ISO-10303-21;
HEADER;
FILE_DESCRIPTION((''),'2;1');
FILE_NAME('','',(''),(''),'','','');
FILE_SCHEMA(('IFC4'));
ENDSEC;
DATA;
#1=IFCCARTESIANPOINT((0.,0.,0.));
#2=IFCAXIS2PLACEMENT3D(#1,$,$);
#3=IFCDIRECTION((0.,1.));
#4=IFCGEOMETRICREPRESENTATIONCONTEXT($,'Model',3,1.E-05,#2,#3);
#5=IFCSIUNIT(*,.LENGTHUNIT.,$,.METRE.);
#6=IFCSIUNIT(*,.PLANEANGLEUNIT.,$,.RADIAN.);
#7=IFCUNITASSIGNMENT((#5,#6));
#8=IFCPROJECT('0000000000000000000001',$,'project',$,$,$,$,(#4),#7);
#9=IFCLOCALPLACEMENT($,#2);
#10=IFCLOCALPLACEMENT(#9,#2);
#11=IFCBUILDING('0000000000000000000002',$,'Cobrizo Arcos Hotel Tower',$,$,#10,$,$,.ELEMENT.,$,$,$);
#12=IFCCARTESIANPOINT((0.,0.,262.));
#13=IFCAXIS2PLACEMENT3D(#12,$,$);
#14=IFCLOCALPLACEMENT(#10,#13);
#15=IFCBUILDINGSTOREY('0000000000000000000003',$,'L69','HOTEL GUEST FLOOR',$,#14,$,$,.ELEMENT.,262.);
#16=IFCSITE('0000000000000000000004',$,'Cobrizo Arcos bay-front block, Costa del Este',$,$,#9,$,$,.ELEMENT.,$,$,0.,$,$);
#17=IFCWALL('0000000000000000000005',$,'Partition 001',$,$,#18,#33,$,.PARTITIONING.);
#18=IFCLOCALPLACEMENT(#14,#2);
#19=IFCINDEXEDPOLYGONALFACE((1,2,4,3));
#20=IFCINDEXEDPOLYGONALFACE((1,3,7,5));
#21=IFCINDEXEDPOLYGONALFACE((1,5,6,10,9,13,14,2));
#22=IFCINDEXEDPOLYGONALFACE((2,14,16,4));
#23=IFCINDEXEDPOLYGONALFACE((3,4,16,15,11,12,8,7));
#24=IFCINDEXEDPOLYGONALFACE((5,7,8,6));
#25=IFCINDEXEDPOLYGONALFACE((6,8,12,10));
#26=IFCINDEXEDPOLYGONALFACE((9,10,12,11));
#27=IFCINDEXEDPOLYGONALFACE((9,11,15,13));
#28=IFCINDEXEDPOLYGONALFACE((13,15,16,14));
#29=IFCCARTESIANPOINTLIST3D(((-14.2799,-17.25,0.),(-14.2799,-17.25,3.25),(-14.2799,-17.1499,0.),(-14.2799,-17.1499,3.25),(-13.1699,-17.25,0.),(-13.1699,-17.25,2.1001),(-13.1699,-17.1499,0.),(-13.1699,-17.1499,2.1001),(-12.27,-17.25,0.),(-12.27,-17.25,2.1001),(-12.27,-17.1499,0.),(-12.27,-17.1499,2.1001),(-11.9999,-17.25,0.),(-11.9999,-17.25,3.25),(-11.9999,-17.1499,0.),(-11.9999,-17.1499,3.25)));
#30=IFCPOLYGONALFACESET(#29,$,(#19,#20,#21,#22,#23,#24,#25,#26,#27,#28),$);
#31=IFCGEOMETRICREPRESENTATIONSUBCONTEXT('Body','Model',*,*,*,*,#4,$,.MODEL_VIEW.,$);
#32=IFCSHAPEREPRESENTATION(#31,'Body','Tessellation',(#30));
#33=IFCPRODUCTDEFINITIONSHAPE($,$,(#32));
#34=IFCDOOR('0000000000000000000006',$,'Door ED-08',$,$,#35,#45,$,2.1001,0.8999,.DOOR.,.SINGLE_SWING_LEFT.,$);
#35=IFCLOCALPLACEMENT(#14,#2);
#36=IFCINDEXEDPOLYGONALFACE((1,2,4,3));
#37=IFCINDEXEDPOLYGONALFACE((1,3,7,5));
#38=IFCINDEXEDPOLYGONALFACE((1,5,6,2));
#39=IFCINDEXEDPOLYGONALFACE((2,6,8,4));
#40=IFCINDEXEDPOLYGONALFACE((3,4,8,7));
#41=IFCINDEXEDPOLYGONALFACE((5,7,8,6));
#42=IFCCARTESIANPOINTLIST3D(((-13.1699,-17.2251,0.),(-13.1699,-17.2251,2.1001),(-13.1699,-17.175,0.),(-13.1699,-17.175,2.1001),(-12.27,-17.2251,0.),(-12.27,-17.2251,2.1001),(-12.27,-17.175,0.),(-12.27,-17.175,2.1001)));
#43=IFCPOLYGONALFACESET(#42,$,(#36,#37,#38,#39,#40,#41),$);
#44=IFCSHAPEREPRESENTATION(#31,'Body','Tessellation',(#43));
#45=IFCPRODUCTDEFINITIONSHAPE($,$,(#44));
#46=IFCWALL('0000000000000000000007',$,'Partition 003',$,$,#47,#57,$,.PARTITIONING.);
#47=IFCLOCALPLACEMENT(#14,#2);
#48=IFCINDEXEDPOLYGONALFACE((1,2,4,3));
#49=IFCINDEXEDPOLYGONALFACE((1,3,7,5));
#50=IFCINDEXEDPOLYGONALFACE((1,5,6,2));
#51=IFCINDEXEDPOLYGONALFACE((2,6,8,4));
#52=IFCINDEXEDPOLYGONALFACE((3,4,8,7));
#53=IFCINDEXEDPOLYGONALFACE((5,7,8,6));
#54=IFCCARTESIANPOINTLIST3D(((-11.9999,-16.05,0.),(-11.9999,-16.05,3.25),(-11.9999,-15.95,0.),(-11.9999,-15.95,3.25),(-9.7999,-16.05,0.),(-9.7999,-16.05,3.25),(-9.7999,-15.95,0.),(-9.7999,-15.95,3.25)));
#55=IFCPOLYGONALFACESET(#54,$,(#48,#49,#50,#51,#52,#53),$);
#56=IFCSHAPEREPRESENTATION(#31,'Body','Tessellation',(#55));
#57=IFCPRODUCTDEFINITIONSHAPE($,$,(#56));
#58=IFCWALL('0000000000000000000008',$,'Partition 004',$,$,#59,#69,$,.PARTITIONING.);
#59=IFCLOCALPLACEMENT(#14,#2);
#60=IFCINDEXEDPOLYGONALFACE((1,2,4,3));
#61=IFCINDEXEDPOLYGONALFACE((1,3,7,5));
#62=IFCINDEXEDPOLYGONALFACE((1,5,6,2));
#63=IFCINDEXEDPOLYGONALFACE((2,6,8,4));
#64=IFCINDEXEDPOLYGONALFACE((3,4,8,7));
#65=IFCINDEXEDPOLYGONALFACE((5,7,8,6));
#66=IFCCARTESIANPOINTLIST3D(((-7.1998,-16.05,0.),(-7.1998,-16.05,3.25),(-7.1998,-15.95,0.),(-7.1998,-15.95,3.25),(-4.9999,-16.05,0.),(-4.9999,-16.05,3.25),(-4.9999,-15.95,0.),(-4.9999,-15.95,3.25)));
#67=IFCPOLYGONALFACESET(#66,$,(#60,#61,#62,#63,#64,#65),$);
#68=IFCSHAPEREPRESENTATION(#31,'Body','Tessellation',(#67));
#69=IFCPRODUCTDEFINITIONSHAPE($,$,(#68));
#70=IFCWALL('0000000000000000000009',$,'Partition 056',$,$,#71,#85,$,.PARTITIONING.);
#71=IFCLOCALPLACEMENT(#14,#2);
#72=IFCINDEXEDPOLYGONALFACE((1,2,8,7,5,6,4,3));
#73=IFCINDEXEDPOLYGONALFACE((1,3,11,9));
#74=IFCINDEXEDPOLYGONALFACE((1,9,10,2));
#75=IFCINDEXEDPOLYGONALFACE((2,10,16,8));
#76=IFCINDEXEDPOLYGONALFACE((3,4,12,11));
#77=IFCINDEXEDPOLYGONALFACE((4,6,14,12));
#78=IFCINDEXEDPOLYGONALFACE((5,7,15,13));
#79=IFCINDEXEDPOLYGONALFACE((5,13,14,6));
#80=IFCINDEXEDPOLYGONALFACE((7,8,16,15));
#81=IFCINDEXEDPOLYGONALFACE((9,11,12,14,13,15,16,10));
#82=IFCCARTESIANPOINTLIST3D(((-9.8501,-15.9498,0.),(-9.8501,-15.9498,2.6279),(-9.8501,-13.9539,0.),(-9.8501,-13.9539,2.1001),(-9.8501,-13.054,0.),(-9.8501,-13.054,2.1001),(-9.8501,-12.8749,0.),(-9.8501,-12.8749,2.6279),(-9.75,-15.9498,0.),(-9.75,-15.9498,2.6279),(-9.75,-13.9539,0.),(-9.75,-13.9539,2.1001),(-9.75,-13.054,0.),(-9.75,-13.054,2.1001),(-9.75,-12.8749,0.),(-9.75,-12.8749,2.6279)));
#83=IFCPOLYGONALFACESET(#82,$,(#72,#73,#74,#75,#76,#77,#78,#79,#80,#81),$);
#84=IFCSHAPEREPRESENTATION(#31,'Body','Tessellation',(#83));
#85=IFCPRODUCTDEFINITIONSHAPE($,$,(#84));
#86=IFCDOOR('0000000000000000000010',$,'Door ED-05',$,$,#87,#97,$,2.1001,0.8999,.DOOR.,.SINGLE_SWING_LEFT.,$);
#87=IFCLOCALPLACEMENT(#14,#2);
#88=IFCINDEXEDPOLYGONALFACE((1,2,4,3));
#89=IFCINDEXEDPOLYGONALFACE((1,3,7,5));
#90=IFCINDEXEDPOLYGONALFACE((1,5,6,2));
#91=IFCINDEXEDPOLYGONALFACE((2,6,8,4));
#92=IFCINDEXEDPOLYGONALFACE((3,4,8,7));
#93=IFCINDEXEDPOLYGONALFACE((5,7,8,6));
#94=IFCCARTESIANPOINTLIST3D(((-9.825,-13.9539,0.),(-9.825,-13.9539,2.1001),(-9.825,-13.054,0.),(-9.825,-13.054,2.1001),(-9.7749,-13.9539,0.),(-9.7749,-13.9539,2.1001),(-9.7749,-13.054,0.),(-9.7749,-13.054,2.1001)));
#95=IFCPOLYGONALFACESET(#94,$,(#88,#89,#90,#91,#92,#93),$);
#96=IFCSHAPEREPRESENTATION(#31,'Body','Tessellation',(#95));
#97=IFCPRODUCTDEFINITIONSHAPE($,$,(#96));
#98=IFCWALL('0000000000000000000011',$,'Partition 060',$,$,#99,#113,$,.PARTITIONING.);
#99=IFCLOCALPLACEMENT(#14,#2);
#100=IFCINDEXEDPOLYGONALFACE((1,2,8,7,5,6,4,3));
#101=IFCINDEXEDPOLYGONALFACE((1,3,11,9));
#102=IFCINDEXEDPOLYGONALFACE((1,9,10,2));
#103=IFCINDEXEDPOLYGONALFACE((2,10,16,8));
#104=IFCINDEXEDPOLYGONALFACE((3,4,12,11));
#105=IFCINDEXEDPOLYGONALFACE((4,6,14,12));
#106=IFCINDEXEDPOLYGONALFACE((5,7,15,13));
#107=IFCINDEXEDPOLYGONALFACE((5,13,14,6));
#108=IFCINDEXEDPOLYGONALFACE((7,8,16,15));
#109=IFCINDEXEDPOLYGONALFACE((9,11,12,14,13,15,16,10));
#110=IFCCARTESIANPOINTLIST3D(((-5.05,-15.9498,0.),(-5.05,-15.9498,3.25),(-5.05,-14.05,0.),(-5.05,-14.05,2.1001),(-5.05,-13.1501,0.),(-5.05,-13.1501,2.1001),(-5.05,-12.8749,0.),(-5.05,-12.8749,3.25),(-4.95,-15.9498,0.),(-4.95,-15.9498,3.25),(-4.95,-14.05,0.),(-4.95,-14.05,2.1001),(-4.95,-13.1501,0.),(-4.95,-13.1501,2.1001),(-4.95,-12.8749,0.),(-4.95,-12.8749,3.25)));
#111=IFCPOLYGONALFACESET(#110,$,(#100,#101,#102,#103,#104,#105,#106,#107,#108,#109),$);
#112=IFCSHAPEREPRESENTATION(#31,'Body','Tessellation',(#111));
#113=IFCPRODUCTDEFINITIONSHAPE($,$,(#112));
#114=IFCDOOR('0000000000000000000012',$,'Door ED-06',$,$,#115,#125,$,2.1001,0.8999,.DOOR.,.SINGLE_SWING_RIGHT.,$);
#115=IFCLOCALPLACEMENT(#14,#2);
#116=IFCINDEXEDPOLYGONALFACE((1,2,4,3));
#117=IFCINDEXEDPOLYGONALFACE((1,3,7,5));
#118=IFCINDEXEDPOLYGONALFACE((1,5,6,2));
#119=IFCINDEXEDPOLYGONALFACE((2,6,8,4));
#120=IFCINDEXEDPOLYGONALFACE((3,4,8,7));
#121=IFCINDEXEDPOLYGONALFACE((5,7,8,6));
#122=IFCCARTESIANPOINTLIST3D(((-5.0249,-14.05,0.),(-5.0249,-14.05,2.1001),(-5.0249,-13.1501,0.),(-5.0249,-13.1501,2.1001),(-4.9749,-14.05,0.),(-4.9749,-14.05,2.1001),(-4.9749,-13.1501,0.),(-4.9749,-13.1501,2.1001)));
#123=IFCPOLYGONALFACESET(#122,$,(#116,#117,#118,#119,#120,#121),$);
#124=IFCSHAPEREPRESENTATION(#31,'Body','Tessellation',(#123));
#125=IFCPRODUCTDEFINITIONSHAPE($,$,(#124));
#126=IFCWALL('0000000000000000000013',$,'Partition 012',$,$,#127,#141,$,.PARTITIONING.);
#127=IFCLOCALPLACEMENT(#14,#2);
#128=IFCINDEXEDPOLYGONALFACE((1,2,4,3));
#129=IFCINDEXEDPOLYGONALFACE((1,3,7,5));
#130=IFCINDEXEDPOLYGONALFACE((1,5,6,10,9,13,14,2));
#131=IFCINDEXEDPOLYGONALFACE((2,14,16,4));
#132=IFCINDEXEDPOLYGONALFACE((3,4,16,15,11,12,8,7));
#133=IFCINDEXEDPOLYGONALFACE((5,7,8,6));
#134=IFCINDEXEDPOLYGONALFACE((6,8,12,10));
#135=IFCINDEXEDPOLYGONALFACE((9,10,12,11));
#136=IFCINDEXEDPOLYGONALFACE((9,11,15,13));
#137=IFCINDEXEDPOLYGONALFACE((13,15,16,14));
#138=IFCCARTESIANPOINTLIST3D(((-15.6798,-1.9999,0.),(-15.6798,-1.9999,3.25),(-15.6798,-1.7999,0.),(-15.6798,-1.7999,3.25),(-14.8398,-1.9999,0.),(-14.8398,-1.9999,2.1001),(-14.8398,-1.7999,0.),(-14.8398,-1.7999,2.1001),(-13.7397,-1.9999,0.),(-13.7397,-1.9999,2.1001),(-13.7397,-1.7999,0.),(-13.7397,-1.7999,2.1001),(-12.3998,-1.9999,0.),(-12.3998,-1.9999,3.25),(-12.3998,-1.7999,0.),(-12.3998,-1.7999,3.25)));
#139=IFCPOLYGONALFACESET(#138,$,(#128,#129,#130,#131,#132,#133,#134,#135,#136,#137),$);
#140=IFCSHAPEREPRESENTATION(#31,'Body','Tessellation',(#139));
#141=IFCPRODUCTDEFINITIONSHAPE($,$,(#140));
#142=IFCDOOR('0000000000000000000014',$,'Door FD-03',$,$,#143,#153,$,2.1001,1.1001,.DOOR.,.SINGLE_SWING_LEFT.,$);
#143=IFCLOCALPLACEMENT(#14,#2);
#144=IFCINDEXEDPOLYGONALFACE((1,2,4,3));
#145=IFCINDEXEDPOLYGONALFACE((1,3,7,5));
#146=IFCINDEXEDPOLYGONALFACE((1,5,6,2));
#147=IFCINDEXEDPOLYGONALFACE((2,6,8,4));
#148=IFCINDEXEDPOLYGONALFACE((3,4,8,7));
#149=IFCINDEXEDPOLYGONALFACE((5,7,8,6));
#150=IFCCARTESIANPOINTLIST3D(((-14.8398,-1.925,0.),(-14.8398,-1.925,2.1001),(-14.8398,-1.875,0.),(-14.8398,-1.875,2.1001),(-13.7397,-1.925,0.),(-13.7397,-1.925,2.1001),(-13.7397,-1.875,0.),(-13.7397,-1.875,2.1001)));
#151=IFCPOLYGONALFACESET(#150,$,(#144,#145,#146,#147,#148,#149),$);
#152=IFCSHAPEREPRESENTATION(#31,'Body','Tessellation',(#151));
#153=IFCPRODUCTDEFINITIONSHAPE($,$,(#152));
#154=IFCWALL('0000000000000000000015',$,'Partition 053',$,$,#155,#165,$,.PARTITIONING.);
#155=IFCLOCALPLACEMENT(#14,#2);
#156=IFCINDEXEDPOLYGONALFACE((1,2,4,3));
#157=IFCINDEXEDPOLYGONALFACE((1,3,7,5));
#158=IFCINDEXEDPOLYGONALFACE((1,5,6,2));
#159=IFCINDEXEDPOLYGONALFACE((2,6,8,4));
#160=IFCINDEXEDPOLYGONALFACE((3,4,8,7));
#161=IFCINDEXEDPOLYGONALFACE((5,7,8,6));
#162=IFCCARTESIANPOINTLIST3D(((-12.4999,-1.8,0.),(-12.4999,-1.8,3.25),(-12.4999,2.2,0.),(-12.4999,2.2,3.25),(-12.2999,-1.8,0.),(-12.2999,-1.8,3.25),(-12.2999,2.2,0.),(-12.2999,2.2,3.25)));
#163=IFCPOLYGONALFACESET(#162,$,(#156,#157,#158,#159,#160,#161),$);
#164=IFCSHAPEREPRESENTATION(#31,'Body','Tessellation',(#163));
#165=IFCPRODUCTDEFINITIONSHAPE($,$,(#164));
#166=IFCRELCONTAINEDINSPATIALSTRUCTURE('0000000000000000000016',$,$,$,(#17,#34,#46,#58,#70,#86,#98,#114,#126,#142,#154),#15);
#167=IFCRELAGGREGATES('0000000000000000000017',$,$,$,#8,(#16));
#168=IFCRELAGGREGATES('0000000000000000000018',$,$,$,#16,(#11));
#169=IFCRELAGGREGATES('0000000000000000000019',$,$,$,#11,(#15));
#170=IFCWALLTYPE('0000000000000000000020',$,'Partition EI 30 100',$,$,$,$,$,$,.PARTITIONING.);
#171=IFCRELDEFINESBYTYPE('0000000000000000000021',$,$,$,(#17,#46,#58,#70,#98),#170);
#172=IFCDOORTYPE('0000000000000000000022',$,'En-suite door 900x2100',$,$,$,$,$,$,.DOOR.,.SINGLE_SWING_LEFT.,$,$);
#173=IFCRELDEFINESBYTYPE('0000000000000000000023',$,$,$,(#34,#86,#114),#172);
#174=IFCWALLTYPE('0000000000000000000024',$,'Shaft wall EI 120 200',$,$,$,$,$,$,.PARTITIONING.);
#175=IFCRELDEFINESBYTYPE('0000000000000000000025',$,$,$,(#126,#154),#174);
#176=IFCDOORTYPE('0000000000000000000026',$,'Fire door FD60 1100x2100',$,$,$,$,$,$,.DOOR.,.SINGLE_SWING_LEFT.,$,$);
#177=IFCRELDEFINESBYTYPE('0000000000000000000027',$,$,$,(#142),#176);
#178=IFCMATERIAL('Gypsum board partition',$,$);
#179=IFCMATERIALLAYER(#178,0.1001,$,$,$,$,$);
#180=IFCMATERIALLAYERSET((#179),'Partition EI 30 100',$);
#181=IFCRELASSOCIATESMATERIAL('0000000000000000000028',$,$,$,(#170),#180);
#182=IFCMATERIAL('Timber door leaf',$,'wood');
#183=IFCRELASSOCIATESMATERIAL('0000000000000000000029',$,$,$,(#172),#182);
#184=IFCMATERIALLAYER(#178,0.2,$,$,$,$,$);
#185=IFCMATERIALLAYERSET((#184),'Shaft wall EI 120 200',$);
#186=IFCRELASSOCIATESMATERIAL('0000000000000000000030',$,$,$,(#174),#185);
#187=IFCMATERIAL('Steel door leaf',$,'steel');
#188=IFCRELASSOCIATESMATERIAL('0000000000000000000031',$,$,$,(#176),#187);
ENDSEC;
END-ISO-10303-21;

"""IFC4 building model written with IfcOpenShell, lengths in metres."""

from ifc_helpers import new_model, si_unit, direction, frame, frame_2d, origin, place, context, subcontext, project, spatial, rectangle, extrude, material, layer, layer_set, type_object, element, fill, save


model = new_model("IFC4")

# Units and contexts
model_context = context("Model", 3, precision=1e-05, world=origin(), true_north=direction((0.0, 1.0)))
body_context = subcontext(model_context, "Body", "Model", "MODEL_VIEW")
ifc_project = project(units=[si_unit("LENGTHUNIT", "METRE"), si_unit("PLANEANGLEUNIT", "RADIAN")], contexts=[model_context])

# Site, building, storey
site_placement = place(None, origin())
site = spatial("IfcSite", under=ifc_project, at=site_placement, Name="Cobrizo Arcos bay-front block, Costa del Este", CompositionType="ELEMENT", RefElevation=0.0)
building_placement = place(site_placement, origin())
building = spatial("IfcBuilding", under=site, at=building_placement, Name="Cobrizo Arcos Hotel Tower", CompositionType="ELEMENT")
storey_placement = place(building_placement, frame((0.0, 0.0, 262.0)))
storey = spatial("IfcBuildingStorey", under=building, at=storey_placement, Name="L69", Description="HOTEL GUEST FLOOR", CompositionType="ELEMENT", Elevation=262.0)

# Shared definitions
ifc_material_1 = material(Name="Gypsum board partition")
ifc_material_2 = material(Name="Timber door leaf", Category="wood")

# Wall, opening, door
ifc_layer_1 = layer(ifc_material_1, 0.1001)
ifc_layer_set_1 = layer_set([ifc_layer_1], Name="Partition EI 30 100")
wall_type_1 = type_object("IfcWallType", Name="Partition EI 30 100", PredefinedType="PARTITIONING", material=ifc_layer_set_1)
wall_1_placement = place(storey_placement, frame((-14.28, -17.2, 0.0), z_axis=(0.0, 0.0, 1.0), x_axis=(1.0, 0.0, 0.0)))
wall_1 = element("IfcWall", 1, at=wall_1_placement, inside=storey, type_object=wall_type_1, Name="Partition 001", PredefinedType="PARTITIONING", context=body_context, shape_type="SweptSolid", body=[
    extrude(rectangle(XDim=2.28, YDim=0.1001, at=frame_2d((1.1401, 0.0))), origin(), (0.0, 0.0, 1.0), 3.25),
])
opening_1_placement = place(wall_1_placement, frame((1.1101, 0.0, 0.0)))
opening_1 = element("IfcOpeningElement", 2, at=opening_1_placement, cuts=wall_1, PredefinedType="OPENING", context=body_context, shape_type="SweptSolid", body=[
    extrude(rectangle(XDim=0.8999, YDim=2.1001, at=frame_2d((0.45, 1.05))), frame((0.0, 0.062, 0.0), z_axis=(0.0, -1.0, 0.0), x_axis=(1.0, 0.0, 0.0)), (0.0, 0.0, 1.0), 0.124),
])
door_type_1 = type_object("IfcDoorType", Name="En-suite door 900x2100", OperationType="SINGLE_SWING_LEFT", PredefinedType="DOOR", material=ifc_material_2)
door_1_placement = place(opening_1_placement, origin())
door_1 = element("IfcDoor", 3, at=door_1_placement, inside=storey, type_object=door_type_1, Name="Door ED-08", OperationType="SINGLE_SWING_LEFT", OverallHeight=2.1001, OverallWidth=0.8999, PredefinedType="DOOR", context=body_context, shape_type="SweptSolid", body=[
    extrude(rectangle(XDim=0.8999, YDim=2.1001, at=frame_2d((0.45, 1.05))), frame((0.0, 0.0249, 0.0), z_axis=(0.0, -1.0, 0.0), x_axis=(1.0, 0.0, 0.0)), (0.0, 0.0, 1.0), 0.05),
])
fill(opening_1, door_1)

# Walls
for number, where, z_axis, x_axis, name in (
    (4, (-12.0, -16.0, 0.0), (0.0, 0.0, 1.0), (1.0, 0.0, 0.0), "Partition 003"),
    (5, (-7.2, -16.0, 0.0), (0.0, 0.0, 1.0), (1.0, 0.0, 0.0), "Partition 004"),
):
    element("IfcWall", number, at=place(storey_placement, frame(where, z_axis=z_axis, x_axis=x_axis)), inside=storey, type_object=wall_type_1, Name=name, PredefinedType="PARTITIONING", context=body_context, shape_type="SweptSolid", body=[
        extrude(rectangle(XDim=2.2, YDim=0.1001, at=frame_2d((1.1001, 0.0))), origin(), (0.0, 0.0, 1.0), 3.25),
    ])

# Walls, openings, doors
wall_2_placement = place(storey_placement, frame((-9.8, -15.95, 0.0), z_axis=(0.0, 0.0, 1.0), x_axis=(0.0, 1.0, 0.0)))
wall_2 = element("IfcWall", 6, at=wall_2_placement, inside=storey, type_object=wall_type_1, Name="Partition 056", PredefinedType="PARTITIONING", context=body_context, shape_type="SweptSolid", body=[
    extrude(rectangle(XDim=3.075, YDim=0.1001, at=frame_2d((1.5376, 0.0))), origin(), (0.0, 0.0, 1.0), 2.6279),
])
opening_2_placement = place(wall_2_placement, frame((1.9961, 0.0, 0.0)))
opening_2 = element("IfcOpeningElement", 7, at=opening_2_placement, cuts=wall_2, PredefinedType="OPENING", context=body_context, shape_type="SweptSolid", body=[
    extrude(rectangle(XDim=0.8999, YDim=2.1001, at=frame_2d((0.45, 1.05))), frame((0.0, 0.062, 0.0), z_axis=(0.0, -1.0, 0.0), x_axis=(1.0, 0.0, 0.0)), (0.0, 0.0, 1.0), 0.124),
])
door_2_placement = place(opening_2_placement, origin())
door_2 = element("IfcDoor", 8, at=door_2_placement, inside=storey, type_object=door_type_1, Name="Door ED-05", OperationType="SINGLE_SWING_LEFT", OverallHeight=2.1001, OverallWidth=0.8999, PredefinedType="DOOR", context=body_context, shape_type="SweptSolid", body=[
    extrude(rectangle(XDim=0.8999, YDim=2.1001, at=frame_2d((0.45, 1.05))), frame((0.0, 0.0249, 0.0), z_axis=(0.0, -1.0, 0.0), x_axis=(1.0, 0.0, 0.0)), (0.0, 0.0, 1.0), 0.05),
])
fill(opening_2, door_2)
wall_3_placement = place(storey_placement, frame((-5.0, -15.95, 0.0), z_axis=(0.0, 0.0, 1.0), x_axis=(0.0, 1.0, 0.0)))
wall_3 = element("IfcWall", 9, at=wall_3_placement, inside=storey, type_object=wall_type_1, Name="Partition 060", PredefinedType="PARTITIONING", context=body_context, shape_type="SweptSolid", body=[
    extrude(rectangle(XDim=3.075, YDim=0.1001, at=frame_2d((1.5376, 0.0))), origin(), (0.0, 0.0, 1.0), 3.25),
])
opening_3_placement = place(wall_3_placement, frame((1.8999, 0.0, 0.0)))
opening_3 = element("IfcOpeningElement", 10, at=opening_3_placement, cuts=wall_3, PredefinedType="OPENING", context=body_context, shape_type="SweptSolid", body=[
    extrude(rectangle(XDim=0.8999, YDim=2.1001, at=frame_2d((0.45, 1.05))), frame((0.0, 0.062, 0.0), z_axis=(0.0, -1.0, 0.0), x_axis=(1.0, 0.0, 0.0)), (0.0, 0.0, 1.0), 0.124),
])
door_3_placement = place(opening_3_placement, origin())
door_3 = element("IfcDoor", 11, at=door_3_placement, inside=storey, type_object=door_type_1, Name="Door ED-06", OperationType="SINGLE_SWING_RIGHT", OverallHeight=2.1001, OverallWidth=0.8999, PredefinedType="DOOR", context=body_context, shape_type="SweptSolid", body=[
    extrude(rectangle(XDim=0.8999, YDim=2.1001, at=frame_2d((0.45, 1.05))), frame((0.0, 0.0249, 0.0), z_axis=(0.0, -1.0, 0.0), x_axis=(1.0, 0.0, 0.0)), (0.0, 0.0, 1.0), 0.05),
])
fill(opening_3, door_3)
ifc_layer_2 = layer(ifc_material_1, 0.2)
ifc_layer_set_2 = layer_set([ifc_layer_2], Name="Shaft wall EI 120 200")
wall_type_2 = type_object("IfcWallType", Name="Shaft wall EI 120 200", PredefinedType="PARTITIONING", material=ifc_layer_set_2)
wall_4_placement = place(storey_placement, frame((-15.6799, -1.8999, 0.0), z_axis=(0.0, 0.0, 1.0), x_axis=(1.0, 0.0, 0.0)))
wall_4 = element("IfcWall", 12, at=wall_4_placement, inside=storey, type_object=wall_type_2, Name="Partition 012", PredefinedType="PARTITIONING", context=body_context, shape_type="SweptSolid", body=[
    extrude(rectangle(XDim=3.28, YDim=0.2, at=frame_2d((1.6401, 0.0))), origin(), (0.0, 0.0, 1.0), 3.25),
])
opening_4_placement = place(wall_4_placement, frame((0.8401, 0.0, 0.0)))
opening_4 = element("IfcOpeningElement", 13, at=opening_4_placement, cuts=wall_4, PredefinedType="OPENING", context=body_context, shape_type="SweptSolid", body=[
    extrude(rectangle(XDim=1.1001, YDim=2.1001, at=frame_2d((0.55, 1.05))), frame((0.0, 0.1121, 0.0), z_axis=(0.0, -1.0, 0.0), x_axis=(1.0, 0.0, 0.0)), (0.0, 0.0, 1.0), 0.2239),
])
ifc_material_3 = material(Name="Steel door leaf", Category="steel")
door_type_2 = type_object("IfcDoorType", Name="Fire door FD60 1100x2100", OperationType="SINGLE_SWING_LEFT", PredefinedType="DOOR", material=ifc_material_3)
door_4_placement = place(opening_4_placement, origin())
door_4 = element("IfcDoor", 14, at=door_4_placement, inside=storey, type_object=door_type_2, Name="Door FD-03", OperationType="SINGLE_SWING_LEFT", OverallHeight=2.1001, OverallWidth=1.1001, PredefinedType="DOOR", context=body_context, shape_type="SweptSolid", body=[
    extrude(rectangle(XDim=1.1001, YDim=2.1001, at=frame_2d((0.55, 1.05))), frame((0.0, 0.0249, 0.0), z_axis=(0.0, -1.0, 0.0), x_axis=(1.0, 0.0, 0.0)), (0.0, 0.0, 1.0), 0.05),
])
fill(opening_4, door_4)

# Wall
wall_5_placement = place(storey_placement, frame((-12.3999, -1.8, 0.0), z_axis=(0.0, 0.0, 1.0), x_axis=(0.0, 1.0, 0.0)))
element("IfcWall", 15, at=wall_5_placement, inside=storey, type_object=wall_type_2, Name="Partition 053", PredefinedType="PARTITIONING", context=body_context, shape_type="SweptSolid", body=[
    extrude(rectangle(XDim=4.0, YDim=0.2, at=frame_2d((2.0, 0.0))), origin(), (0.0, 0.0, 1.0), 3.25),
])

save(model, "model.ifc")
